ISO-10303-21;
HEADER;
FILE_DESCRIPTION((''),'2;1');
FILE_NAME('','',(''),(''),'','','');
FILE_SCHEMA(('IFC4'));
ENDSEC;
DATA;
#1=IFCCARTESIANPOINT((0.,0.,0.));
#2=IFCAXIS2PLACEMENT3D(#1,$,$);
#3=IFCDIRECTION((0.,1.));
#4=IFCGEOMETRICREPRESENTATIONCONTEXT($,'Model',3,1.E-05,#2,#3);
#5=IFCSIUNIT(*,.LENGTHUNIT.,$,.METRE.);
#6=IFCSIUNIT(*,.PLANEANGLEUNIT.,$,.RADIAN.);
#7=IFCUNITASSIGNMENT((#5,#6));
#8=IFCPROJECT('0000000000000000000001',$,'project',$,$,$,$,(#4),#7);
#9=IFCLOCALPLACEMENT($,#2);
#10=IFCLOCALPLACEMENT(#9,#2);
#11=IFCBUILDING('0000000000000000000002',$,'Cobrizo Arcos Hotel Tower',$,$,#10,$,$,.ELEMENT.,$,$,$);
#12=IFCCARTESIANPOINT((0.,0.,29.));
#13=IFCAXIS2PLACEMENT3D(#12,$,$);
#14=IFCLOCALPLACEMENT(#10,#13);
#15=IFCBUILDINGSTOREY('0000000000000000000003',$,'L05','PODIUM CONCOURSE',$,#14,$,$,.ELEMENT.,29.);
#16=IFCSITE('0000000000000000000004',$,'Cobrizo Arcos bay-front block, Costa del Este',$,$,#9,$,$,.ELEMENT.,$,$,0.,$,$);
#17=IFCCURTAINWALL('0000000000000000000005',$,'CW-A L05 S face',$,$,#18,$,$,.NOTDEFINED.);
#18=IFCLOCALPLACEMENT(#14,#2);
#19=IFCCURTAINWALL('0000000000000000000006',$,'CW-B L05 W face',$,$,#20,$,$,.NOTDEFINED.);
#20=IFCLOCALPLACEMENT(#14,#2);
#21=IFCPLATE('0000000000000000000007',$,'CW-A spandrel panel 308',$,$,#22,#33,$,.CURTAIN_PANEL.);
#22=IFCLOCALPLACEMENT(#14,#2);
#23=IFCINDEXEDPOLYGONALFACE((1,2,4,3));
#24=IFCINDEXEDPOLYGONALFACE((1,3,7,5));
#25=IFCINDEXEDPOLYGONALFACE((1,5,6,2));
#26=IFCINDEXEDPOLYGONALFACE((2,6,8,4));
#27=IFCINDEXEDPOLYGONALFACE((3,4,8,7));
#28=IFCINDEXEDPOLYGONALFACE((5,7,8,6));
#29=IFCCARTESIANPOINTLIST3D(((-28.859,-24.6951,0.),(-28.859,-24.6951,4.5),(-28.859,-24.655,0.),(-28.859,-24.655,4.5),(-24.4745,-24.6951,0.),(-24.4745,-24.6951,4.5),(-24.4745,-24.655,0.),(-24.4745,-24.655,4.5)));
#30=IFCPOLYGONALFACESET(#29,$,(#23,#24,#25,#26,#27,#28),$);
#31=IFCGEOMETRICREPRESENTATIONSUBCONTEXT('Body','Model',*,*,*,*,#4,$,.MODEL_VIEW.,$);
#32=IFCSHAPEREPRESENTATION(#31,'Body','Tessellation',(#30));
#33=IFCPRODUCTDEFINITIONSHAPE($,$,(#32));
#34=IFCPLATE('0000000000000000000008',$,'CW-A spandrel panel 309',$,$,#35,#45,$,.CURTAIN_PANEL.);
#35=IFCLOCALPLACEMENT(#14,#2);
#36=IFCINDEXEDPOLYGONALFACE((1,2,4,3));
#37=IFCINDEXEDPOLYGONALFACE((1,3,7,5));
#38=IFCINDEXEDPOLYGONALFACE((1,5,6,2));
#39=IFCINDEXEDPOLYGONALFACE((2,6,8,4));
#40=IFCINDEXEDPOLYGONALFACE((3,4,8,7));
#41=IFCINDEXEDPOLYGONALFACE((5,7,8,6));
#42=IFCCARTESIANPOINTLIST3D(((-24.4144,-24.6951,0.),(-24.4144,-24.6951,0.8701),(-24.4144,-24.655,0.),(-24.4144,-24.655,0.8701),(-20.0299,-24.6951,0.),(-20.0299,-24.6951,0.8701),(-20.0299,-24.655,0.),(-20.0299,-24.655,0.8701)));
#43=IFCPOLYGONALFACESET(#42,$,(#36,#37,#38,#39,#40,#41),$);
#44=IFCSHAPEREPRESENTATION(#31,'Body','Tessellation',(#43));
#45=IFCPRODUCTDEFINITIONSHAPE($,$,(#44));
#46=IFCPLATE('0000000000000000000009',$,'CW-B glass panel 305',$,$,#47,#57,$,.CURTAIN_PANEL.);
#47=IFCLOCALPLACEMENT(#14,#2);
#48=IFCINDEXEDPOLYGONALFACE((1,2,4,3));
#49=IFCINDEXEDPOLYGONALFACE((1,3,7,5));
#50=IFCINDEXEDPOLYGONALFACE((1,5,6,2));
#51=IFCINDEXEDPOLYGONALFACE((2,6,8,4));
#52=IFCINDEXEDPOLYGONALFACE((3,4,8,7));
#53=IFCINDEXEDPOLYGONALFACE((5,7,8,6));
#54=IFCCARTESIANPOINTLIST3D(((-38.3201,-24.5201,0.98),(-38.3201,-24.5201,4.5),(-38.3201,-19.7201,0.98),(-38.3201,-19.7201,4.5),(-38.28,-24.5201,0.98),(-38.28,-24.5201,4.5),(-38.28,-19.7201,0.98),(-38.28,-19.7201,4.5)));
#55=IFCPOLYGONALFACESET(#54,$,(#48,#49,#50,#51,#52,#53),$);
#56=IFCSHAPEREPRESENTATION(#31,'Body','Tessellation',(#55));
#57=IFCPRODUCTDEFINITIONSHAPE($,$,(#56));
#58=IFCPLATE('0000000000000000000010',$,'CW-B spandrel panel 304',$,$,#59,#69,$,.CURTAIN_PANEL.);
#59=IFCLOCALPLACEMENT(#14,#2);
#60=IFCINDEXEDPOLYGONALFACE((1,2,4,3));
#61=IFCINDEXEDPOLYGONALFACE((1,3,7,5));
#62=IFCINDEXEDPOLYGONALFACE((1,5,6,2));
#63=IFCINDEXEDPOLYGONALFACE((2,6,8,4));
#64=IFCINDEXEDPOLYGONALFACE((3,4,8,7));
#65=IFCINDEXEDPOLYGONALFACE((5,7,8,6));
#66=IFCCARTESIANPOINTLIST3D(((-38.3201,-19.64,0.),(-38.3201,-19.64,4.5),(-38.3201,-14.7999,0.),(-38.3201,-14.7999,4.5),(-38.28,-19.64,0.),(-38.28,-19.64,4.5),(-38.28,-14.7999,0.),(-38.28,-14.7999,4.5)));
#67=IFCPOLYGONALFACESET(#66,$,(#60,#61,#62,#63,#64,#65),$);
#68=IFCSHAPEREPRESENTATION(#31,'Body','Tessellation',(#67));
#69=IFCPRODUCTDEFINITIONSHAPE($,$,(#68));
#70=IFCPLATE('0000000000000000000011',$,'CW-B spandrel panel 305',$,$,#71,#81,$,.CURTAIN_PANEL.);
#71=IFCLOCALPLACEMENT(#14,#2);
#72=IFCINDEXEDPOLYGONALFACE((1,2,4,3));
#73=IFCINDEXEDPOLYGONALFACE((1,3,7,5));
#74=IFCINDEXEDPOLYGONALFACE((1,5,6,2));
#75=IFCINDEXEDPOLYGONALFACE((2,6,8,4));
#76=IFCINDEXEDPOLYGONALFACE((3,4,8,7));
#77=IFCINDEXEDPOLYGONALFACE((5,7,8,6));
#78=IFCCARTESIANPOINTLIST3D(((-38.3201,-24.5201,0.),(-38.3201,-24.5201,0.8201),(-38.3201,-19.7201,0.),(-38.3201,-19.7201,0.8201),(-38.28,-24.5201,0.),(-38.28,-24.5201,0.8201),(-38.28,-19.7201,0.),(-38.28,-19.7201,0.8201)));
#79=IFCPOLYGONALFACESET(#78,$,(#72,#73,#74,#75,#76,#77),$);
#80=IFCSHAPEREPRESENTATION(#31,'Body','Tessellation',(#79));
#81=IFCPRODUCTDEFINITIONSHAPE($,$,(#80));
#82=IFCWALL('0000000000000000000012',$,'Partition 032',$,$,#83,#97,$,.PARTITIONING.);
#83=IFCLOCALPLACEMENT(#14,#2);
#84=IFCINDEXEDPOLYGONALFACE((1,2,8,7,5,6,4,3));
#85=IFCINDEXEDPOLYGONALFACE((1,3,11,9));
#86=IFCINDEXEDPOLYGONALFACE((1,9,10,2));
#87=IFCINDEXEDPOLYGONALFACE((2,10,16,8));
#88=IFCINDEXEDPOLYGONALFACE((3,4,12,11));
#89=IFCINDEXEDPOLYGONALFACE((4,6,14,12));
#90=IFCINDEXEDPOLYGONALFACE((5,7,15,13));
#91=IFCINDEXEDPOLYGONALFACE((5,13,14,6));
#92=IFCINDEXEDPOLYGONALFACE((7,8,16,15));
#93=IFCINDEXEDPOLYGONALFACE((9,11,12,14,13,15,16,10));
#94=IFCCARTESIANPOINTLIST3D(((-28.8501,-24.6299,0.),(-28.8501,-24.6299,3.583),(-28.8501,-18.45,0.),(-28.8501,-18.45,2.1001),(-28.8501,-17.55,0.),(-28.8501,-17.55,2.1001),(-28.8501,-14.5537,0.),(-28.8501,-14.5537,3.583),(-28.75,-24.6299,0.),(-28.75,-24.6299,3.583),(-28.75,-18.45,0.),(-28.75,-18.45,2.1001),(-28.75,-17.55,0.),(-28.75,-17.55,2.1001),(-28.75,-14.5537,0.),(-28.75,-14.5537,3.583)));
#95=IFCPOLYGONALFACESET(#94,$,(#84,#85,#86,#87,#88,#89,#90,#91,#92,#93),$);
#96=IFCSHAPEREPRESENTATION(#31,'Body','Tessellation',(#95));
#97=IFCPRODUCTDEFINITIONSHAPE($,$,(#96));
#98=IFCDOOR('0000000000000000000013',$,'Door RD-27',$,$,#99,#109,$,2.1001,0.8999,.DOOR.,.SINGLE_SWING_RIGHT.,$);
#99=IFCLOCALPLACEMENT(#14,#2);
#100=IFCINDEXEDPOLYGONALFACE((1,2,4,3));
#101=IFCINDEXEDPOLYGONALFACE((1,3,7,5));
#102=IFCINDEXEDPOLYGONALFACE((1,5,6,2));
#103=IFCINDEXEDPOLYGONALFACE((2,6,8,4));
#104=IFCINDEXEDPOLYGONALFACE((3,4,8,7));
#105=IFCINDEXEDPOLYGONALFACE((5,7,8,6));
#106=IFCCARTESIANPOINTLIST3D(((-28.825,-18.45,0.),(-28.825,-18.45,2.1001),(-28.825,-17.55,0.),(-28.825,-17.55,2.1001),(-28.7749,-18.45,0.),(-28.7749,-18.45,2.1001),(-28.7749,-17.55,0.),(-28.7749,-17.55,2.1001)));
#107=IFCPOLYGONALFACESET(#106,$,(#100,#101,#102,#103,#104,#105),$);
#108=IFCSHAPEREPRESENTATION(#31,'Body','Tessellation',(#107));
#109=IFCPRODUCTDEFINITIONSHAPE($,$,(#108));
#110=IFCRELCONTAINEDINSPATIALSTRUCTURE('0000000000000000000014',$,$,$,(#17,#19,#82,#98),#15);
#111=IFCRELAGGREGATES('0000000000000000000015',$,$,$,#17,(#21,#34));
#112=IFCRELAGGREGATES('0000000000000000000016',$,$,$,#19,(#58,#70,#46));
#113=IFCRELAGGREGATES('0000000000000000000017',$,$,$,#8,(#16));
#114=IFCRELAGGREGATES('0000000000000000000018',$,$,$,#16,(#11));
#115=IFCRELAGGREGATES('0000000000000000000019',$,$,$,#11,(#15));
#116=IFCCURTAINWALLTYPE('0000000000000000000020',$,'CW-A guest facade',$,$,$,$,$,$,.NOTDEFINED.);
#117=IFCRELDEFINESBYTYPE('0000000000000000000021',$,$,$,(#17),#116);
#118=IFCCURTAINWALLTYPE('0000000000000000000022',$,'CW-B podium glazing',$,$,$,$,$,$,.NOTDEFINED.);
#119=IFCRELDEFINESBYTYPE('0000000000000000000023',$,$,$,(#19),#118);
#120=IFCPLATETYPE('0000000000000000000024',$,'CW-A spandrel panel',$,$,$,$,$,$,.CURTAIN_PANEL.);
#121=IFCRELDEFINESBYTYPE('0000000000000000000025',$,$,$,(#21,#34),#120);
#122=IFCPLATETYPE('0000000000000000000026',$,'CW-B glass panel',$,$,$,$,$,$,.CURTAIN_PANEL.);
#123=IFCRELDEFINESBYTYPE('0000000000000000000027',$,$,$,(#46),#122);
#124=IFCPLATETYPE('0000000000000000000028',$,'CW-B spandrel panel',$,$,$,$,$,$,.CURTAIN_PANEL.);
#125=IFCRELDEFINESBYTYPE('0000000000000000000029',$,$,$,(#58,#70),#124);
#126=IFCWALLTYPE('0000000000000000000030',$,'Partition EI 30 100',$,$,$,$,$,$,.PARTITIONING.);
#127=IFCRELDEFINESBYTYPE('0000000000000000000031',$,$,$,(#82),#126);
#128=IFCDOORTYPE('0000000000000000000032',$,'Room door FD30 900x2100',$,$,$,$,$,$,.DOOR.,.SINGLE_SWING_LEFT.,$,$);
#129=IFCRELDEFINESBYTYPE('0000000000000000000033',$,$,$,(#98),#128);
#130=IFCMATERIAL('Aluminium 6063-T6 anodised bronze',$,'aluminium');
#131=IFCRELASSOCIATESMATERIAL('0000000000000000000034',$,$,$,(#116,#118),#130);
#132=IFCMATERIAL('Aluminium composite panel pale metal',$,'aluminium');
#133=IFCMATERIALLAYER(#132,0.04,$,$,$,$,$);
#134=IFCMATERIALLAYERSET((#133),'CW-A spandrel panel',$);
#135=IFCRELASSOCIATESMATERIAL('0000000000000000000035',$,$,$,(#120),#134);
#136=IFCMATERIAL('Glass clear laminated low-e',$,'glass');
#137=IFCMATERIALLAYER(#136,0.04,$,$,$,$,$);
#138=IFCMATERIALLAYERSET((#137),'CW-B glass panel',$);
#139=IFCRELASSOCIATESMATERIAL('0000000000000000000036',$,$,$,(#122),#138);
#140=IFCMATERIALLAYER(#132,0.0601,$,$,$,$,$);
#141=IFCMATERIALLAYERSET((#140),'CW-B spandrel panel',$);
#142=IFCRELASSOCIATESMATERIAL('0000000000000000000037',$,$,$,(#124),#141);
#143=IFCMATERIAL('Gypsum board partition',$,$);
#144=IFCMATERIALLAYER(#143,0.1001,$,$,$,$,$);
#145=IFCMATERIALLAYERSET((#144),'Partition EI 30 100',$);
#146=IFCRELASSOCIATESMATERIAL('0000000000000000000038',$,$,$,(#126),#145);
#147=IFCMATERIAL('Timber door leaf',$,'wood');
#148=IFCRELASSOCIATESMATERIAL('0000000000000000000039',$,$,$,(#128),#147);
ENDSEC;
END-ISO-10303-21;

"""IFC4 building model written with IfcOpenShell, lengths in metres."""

from ifc_helpers import new_model, si_unit, direction, frame, frame_2d, origin, origin_2d, place, context, subcontext, project, spatial, rectangle, extrude, material, layer, layer_set, type_object, element, fill, aggregate, save


model = new_model("IFC4")

# Units and contexts
model_context = context("Model", 3, precision=1e-05, world=origin(), true_north=direction((0.0, 1.0)))
body_context = subcontext(model_context, "Body", "Model", "MODEL_VIEW")
ifc_project = project(units=[si_unit("LENGTHUNIT", "METRE"), si_unit("PLANEANGLEUNIT", "RADIAN")], contexts=[model_context])

# Site, building, storey
site_placement = place(None, origin())
site = spatial("IfcSite", under=ifc_project, at=site_placement, Name="Cobrizo Arcos bay-front block, Costa del Este", CompositionType="ELEMENT", RefElevation=0.0)
building_placement = place(site_placement, origin())
building = spatial("IfcBuilding", under=site, at=building_placement, Name="Cobrizo Arcos Hotel Tower", CompositionType="ELEMENT")
storey_placement = place(building_placement, frame((0.0, 0.0, 29.0)))
storey = spatial("IfcBuildingStorey", under=building, at=storey_placement, Name="L05", Description="PODIUM CONCOURSE", CompositionType="ELEMENT", Elevation=29.0)

# Curtain walls
ifc_material_1 = material(Name="Aluminium 6063-T6 anodised bronze", Category="aluminium")
curtain_wall_type_1 = type_object("IfcCurtainWallType", Name="CW-A guest facade", PredefinedType="NOTDEFINED", material=ifc_material_1)
curtain_wall_1_placement = place(storey_placement, origin())
curtain_wall_1 = element("IfcCurtainWall", 1, at=curtain_wall_1_placement, inside=storey, type_object=curtain_wall_type_1, Name="CW-A L05 S face", PredefinedType="NOTDEFINED")
curtain_wall_type_2 = type_object("IfcCurtainWallType", Name="CW-B podium glazing", PredefinedType="NOTDEFINED", material=ifc_material_1)
curtain_wall_2_placement = place(storey_placement, origin())
curtain_wall_2 = element("IfcCurtainWall", 2, at=curtain_wall_2_placement, inside=storey, type_object=curtain_wall_type_2, Name="CW-B L05 W face", PredefinedType="NOTDEFINED")

# Plates
ifc_material_2 = material(Name="Glass clear laminated low-e", Category="glass")
ifc_material_3 = material(Name="Aluminium composite panel pale metal", Category="aluminium")
ifc_layer_1 = layer(ifc_material_3, 0.04)
ifc_layer_set_1 = layer_set([ifc_layer_1], Name="CW-A spandrel panel")
plate_type_1 = type_object("IfcPlateType", Name="CW-A spandrel panel", PredefinedType="CURTAIN_PANEL", material=ifc_layer_set_1)
plate_1_placement = place(storey_placement, frame((-26.6667, -24.675, 0.0), z_axis=(0.0, 0.0, 1.0), x_axis=(1.0, 0.0, 0.0)))
plate_1 = element("IfcPlate", 3, at=plate_1_placement, type_object=plate_type_1, Name="CW-A spandrel panel 308", PredefinedType="CURTAIN_PANEL", context=body_context, shape_type="SweptSolid", body=[
    extrude(rectangle(XDim=4.3845, YDim=0.04, at=origin_2d()), origin(), (0.0, 0.0, 1.0), 4.5),
])
plate_2_placement = place(storey_placement, frame((-22.2222, -24.675, 0.0), z_axis=(0.0, 0.0, 1.0), x_axis=(1.0, 0.0, 0.0)))
plate_2 = element("IfcPlate", 4, at=plate_2_placement, type_object=plate_type_1, Name="CW-A spandrel panel 309", PredefinedType="CURTAIN_PANEL", context=body_context, shape_type="SweptSolid", body=[
    extrude(rectangle(XDim=4.3845, YDim=0.04, at=origin_2d()), origin(), (0.0, 0.0, 1.0), 0.8701),
])
aggregate(curtain_wall_1, [plate_1, plate_2])
ifc_layer_2 = layer(ifc_material_2, 0.04)
ifc_layer_set_2 = layer_set([ifc_layer_2], Name="CW-B glass panel")
plate_type_2 = type_object("IfcPlateType", Name="CW-B glass panel", PredefinedType="CURTAIN_PANEL", material=ifc_layer_set_2)
plate_3_placement = place(storey_placement, frame((-38.3, -22.1201, 0.98), z_axis=(0.0, 0.0, 1.0), x_axis=(0.0, -1.0, 0.0)))
plate_3 = element("IfcPlate", 5, at=plate_3_placement, type_object=plate_type_2, Name="CW-B glass panel 305", PredefinedType="CURTAIN_PANEL", context=body_context, shape_type="SweptSolid", body=[
    extrude(rectangle(XDim=4.8, YDim=0.04, at=origin_2d()), origin(), (0.0, 0.0, 1.0), 3.52),
])
ifc_layer_3 = layer(ifc_material_3, 0.0601)
ifc_layer_set_3 = layer_set([ifc_layer_3], Name="CW-B spandrel panel")
plate_type_3 = type_object("IfcPlateType", Name="CW-B spandrel panel", PredefinedType="CURTAIN_PANEL", material=ifc_layer_set_3)
plate_4_placement = place(storey_placement, frame((-38.3, -17.22, 0.0), z_axis=(0.0, 0.0, 1.0), x_axis=(0.0, -1.0, 0.0)))
plate_4 = element("IfcPlate", 6, at=plate_4_placement, type_object=plate_type_3, Name="CW-B spandrel panel 304", PredefinedType="CURTAIN_PANEL", context=body_context, shape_type="SweptSolid", body=[
    extrude(rectangle(XDim=4.8401, YDim=0.04, at=origin_2d()), origin(), (0.0, 0.0, 1.0), 4.5),
])
plate_5_placement = place(storey_placement, frame((-38.3, -22.1201, 0.0), z_axis=(0.0, 0.0, 1.0), x_axis=(0.0, -1.0, 0.0)))
plate_5 = element("IfcPlate", 7, at=plate_5_placement, type_object=plate_type_3, Name="CW-B spandrel panel 305", PredefinedType="CURTAIN_PANEL", context=body_context, shape_type="SweptSolid", body=[
    extrude(rectangle(XDim=4.8, YDim=0.04, at=origin_2d()), origin(), (0.0, 0.0, 1.0), 0.8201),
])
aggregate(curtain_wall_2, [plate_4, plate_5, plate_3])

# Wall, opening, door
ifc_material_4 = material(Name="Gypsum board partition")
ifc_layer_4 = layer(ifc_material_4, 0.1001)
ifc_layer_set_4 = layer_set([ifc_layer_4], Name="Partition EI 30 100")
wall_type = type_object("IfcWallType", Name="Partition EI 30 100", PredefinedType="PARTITIONING", material=ifc_layer_set_4)
wall_placement = place(storey_placement, frame((-28.8, -24.6299, 0.0), z_axis=(0.0, 0.0, 1.0), x_axis=(0.0, 1.0, 0.0)))
wall = element("IfcWall", 8, at=wall_placement, inside=storey, type_object=wall_type, Name="Partition 032", PredefinedType="PARTITIONING", context=body_context, shape_type="SweptSolid", body=[
    extrude(rectangle(XDim=10.0762, YDim=0.1001, at=frame_2d((5.0381, 0.0))), origin(), (0.0, 0.0, 1.0), 3.583),
])
opening_placement = place(wall_placement, frame((6.1799, 0.0, 0.0)))
opening = element("IfcOpeningElement", 9, at=opening_placement, cuts=wall, PredefinedType="OPENING", context=body_context, shape_type="SweptSolid", body=[
    extrude(rectangle(XDim=0.8999, YDim=2.1001, at=frame_2d((0.45, 1.05))), frame((0.0, 0.062, 0.0), z_axis=(0.0, -1.0, 0.0), x_axis=(1.0, 0.0, 0.0)), (0.0, 0.0, 1.0), 0.124),
])
ifc_material_5 = material(Name="Timber door leaf", Category="wood")
door_type = type_object("IfcDoorType", Name="Room door FD30 900x2100", OperationType="SINGLE_SWING_LEFT", PredefinedType="DOOR", material=ifc_material_5)
door_placement = place(opening_placement, origin())
door = element("IfcDoor", 10, at=door_placement, inside=storey, type_object=door_type, Name="Door RD-27", OperationType="SINGLE_SWING_RIGHT", OverallHeight=2.1001, OverallWidth=0.8999, PredefinedType="DOOR", context=body_context, shape_type="SweptSolid", body=[
    extrude(rectangle(XDim=0.8999, YDim=2.1001, at=frame_2d((0.45, 1.05))), frame((0.0, 0.0249, 0.0), z_axis=(0.0, -1.0, 0.0), x_axis=(1.0, 0.0, 0.0)), (0.0, 0.0, 1.0), 0.05),
])
fill(opening, door)

save(model, "model.ifc")
